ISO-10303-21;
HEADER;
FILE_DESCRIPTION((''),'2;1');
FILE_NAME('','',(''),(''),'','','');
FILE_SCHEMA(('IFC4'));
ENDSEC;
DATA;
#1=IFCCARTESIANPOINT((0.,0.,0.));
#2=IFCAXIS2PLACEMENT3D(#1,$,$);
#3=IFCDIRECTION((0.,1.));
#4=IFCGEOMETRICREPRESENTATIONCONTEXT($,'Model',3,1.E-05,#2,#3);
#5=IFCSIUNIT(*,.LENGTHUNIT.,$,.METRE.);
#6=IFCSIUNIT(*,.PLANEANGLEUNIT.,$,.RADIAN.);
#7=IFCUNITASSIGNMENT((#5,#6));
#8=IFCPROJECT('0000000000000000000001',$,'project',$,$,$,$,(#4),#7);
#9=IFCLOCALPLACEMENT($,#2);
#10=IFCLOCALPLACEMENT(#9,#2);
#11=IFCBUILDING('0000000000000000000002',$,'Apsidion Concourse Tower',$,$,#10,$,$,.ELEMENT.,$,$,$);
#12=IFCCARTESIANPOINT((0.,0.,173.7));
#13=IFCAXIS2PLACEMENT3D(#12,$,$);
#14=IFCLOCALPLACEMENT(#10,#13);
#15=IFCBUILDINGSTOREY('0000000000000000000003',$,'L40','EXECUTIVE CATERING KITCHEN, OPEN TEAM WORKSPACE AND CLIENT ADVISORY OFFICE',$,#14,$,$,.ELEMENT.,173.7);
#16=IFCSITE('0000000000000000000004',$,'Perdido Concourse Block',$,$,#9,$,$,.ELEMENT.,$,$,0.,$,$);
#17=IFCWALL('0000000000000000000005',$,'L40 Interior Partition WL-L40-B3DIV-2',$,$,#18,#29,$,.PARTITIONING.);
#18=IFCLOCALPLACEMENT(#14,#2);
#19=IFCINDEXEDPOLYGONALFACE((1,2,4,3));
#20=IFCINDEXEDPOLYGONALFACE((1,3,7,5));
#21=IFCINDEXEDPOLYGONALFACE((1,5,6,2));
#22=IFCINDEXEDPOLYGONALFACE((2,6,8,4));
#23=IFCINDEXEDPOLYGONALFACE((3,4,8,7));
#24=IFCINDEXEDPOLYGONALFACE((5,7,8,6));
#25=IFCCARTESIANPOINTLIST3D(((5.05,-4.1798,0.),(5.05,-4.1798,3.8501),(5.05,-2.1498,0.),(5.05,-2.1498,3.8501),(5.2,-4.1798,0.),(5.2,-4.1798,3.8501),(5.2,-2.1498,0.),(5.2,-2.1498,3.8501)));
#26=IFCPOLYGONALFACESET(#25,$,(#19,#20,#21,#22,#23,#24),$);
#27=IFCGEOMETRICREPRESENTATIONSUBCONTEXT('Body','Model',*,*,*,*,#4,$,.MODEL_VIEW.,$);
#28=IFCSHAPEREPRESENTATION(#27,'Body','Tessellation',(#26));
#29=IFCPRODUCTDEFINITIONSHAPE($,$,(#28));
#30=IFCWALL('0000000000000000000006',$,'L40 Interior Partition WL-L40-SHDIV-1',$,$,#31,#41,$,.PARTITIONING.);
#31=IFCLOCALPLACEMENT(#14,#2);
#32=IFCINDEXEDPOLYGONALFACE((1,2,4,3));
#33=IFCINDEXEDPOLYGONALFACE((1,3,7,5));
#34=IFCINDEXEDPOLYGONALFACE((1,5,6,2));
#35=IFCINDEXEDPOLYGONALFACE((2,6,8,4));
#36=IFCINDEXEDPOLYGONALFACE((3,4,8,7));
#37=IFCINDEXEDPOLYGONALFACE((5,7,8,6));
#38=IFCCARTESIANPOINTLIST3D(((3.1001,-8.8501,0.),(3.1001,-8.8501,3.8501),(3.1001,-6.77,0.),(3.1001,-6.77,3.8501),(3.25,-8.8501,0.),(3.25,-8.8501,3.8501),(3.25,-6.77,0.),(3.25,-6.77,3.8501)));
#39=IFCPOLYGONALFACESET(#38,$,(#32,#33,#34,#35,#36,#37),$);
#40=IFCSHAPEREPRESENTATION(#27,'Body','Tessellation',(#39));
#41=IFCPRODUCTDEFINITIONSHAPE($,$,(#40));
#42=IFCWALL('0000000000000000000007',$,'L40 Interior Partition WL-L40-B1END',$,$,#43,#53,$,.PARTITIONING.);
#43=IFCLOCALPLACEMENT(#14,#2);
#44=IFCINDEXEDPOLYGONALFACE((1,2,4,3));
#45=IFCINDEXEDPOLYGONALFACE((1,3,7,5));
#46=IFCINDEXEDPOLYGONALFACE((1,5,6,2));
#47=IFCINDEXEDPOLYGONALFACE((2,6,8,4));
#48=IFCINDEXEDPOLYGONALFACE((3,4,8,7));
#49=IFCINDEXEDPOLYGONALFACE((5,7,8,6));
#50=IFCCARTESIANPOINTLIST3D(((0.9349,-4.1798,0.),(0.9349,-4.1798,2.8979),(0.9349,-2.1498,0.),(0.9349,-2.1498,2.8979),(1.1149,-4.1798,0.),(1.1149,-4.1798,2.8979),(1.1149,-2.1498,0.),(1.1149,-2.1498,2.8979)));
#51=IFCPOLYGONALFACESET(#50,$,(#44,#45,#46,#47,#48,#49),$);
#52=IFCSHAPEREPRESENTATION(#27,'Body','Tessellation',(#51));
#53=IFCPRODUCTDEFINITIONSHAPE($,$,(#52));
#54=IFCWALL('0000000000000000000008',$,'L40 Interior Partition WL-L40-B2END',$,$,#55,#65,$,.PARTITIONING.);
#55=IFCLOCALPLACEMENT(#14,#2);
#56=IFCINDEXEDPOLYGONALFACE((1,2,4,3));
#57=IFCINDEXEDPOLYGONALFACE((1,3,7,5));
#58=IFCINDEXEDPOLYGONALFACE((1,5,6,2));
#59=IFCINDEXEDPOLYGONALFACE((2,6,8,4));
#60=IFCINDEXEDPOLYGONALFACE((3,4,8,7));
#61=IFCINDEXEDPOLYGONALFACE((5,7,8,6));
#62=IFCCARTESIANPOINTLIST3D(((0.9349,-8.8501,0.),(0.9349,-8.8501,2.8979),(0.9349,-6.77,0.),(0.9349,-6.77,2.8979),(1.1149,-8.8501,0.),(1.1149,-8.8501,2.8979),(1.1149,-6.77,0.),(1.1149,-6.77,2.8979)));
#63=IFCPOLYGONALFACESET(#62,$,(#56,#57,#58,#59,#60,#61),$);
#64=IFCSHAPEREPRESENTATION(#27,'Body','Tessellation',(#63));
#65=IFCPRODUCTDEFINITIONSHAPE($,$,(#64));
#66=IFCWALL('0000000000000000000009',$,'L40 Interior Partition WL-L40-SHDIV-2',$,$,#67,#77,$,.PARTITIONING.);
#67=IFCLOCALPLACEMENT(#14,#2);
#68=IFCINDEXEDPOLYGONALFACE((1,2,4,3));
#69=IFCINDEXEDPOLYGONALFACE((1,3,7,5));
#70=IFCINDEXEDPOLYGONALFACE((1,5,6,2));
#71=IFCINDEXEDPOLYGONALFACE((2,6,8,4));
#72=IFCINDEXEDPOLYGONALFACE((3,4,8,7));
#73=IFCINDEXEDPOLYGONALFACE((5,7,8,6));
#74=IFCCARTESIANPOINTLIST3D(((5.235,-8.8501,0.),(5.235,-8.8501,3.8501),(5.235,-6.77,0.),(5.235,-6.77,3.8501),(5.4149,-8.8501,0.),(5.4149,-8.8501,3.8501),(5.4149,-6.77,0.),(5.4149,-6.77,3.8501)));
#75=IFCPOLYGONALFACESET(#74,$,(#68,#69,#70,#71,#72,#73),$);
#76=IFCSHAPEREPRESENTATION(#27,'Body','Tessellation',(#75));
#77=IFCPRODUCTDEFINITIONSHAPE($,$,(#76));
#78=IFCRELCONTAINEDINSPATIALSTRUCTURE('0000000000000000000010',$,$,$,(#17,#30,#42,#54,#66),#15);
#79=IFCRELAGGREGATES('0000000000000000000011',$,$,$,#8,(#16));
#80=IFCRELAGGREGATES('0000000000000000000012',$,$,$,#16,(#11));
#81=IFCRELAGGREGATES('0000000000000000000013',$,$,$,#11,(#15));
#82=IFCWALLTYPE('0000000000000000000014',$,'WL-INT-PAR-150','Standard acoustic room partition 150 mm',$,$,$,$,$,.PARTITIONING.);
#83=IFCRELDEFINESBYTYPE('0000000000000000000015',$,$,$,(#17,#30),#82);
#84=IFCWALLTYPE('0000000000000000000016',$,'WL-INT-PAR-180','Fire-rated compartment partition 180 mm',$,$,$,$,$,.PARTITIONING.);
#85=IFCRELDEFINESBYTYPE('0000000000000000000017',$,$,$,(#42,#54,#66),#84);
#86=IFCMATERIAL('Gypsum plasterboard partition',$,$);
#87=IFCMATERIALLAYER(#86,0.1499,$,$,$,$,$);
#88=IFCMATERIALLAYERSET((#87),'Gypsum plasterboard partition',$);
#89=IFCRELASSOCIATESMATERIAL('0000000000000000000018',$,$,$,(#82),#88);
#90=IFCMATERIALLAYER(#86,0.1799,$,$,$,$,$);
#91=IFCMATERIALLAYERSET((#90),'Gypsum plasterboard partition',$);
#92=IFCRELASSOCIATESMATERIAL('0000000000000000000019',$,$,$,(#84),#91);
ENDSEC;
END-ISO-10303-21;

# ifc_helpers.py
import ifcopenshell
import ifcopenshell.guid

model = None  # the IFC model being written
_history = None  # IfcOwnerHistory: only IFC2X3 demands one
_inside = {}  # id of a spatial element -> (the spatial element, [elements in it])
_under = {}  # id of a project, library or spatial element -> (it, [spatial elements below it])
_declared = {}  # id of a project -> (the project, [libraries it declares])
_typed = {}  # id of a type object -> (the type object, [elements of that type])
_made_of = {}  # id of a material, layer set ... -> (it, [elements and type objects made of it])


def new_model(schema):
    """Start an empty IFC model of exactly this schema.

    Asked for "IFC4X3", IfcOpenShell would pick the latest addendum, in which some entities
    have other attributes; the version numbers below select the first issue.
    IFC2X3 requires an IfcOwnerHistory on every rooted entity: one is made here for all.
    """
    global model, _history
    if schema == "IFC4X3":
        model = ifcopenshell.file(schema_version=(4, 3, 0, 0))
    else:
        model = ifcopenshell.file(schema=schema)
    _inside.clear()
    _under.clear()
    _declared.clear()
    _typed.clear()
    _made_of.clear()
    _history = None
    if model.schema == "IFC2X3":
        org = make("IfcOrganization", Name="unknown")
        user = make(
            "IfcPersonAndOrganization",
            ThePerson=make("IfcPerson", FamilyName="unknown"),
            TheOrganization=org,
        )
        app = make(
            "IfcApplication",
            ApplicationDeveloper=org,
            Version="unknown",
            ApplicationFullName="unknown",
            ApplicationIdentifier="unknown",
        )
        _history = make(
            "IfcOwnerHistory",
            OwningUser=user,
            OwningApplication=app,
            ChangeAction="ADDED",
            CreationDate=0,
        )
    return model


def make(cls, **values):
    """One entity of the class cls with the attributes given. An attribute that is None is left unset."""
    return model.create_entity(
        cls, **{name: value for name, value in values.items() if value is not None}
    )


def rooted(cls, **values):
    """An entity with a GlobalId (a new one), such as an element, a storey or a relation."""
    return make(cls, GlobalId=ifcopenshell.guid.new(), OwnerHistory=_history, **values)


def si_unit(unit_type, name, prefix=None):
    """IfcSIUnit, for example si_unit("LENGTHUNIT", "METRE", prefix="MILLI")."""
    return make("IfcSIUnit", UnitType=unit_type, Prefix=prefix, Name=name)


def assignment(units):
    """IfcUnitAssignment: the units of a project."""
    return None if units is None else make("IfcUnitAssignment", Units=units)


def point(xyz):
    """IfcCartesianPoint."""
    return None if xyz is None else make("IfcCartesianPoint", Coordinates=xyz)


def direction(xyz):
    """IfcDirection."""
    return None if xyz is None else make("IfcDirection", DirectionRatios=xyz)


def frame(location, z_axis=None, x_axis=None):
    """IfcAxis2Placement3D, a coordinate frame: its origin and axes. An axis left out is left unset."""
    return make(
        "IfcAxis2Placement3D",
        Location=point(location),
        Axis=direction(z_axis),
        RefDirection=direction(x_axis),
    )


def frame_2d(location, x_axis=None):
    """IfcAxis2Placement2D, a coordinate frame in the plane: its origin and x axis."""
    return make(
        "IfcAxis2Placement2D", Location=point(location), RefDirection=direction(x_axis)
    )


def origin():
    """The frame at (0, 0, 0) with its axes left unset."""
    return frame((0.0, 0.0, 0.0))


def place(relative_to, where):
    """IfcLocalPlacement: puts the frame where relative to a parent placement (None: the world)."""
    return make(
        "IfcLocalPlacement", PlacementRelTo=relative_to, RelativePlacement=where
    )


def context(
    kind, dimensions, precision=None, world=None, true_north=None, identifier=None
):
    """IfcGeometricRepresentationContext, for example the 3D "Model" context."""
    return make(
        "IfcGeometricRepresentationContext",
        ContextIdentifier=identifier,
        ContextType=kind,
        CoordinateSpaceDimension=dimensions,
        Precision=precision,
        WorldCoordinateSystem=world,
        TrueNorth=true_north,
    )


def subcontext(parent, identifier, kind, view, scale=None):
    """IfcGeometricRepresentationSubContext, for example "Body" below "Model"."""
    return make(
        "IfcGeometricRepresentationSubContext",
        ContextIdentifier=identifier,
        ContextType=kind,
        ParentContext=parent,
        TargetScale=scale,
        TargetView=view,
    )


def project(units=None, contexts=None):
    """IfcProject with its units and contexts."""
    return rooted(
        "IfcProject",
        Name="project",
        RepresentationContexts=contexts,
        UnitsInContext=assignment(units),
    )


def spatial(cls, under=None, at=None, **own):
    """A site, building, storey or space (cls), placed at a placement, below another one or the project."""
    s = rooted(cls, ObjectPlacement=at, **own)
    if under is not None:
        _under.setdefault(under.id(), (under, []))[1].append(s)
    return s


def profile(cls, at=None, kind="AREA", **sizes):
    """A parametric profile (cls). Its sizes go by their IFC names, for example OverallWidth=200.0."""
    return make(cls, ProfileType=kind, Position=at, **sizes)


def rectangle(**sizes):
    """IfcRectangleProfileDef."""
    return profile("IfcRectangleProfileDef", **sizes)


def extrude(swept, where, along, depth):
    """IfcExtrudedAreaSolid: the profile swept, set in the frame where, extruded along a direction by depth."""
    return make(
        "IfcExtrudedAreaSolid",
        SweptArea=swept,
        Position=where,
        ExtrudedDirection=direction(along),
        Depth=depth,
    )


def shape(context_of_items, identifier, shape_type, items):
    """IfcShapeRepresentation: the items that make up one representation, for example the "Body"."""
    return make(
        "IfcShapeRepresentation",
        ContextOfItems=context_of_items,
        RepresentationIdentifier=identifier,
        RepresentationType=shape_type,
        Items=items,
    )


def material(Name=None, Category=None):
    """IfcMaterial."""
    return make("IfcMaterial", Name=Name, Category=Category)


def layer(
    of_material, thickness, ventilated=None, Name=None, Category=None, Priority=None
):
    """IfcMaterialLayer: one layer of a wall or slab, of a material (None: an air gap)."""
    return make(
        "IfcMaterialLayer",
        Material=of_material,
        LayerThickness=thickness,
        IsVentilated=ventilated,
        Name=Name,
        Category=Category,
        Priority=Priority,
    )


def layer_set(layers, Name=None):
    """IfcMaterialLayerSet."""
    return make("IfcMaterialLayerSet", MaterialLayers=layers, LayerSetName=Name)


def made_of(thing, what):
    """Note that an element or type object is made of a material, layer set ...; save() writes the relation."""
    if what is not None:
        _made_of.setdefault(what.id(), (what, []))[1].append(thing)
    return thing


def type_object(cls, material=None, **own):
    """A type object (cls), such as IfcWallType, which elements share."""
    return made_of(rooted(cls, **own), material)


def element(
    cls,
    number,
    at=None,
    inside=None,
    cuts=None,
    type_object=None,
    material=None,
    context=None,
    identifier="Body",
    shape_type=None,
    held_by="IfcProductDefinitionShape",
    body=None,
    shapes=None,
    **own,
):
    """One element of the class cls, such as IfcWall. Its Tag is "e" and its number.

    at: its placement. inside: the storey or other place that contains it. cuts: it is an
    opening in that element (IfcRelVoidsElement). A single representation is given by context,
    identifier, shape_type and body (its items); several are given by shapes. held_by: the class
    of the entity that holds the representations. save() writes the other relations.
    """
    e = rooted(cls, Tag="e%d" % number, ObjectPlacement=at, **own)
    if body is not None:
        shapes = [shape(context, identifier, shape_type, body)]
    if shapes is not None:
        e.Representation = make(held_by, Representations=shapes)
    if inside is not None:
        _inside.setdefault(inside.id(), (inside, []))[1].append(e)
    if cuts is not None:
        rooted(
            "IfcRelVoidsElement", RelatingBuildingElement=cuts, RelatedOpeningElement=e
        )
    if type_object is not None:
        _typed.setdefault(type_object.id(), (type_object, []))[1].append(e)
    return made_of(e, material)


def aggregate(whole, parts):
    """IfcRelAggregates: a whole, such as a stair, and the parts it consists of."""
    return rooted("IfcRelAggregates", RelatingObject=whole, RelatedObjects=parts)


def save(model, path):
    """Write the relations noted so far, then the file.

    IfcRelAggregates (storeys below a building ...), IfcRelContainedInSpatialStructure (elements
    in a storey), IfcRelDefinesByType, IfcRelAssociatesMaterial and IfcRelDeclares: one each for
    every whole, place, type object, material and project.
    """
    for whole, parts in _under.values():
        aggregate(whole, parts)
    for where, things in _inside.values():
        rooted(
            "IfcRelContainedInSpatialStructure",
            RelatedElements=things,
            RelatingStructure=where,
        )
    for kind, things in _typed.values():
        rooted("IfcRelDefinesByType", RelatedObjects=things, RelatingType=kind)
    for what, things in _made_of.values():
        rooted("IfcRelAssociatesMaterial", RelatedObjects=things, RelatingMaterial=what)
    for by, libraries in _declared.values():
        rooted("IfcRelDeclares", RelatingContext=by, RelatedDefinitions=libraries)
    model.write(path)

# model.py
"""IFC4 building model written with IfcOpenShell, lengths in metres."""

from ifc_helpers import new_model, si_unit, direction, frame, frame_2d, origin, place, context, subcontext, project, spatial, rectangle, extrude, material, layer, layer_set, type_object, element, save


model = new_model("IFC4")

# Units and contexts
model_context = context("Model", 3, precision=1e-05, world=origin(), true_north=direction((0.0, 1.0)))
body_context = subcontext(model_context, "Body", "Model", "MODEL_VIEW")
ifc_project = project(units=[si_unit("LENGTHUNIT", "METRE"), si_unit("PLANEANGLEUNIT", "RADIAN")], contexts=[model_context])

# Site, building, storey
site_placement = place(None, origin())
site = spatial("IfcSite", under=ifc_project, at=site_placement, Name="Perdido Concourse Block", CompositionType="ELEMENT", RefElevation=0.0)
building_placement = place(site_placement, origin())
building = spatial("IfcBuilding", under=site, at=building_placement, Name="Apsidion Concourse Tower", CompositionType="ELEMENT")
storey_placement = place(building_placement, frame((0.0, 0.0, 173.7)))
storey = spatial("IfcBuildingStorey", under=building, at=storey_placement, Name="L40", Description="EXECUTIVE CATERING KITCHEN, OPEN TEAM WORKSPACE AND CLIENT ADVISORY OFFICE", CompositionType="ELEMENT", Elevation=173.7)

# Walls
ifc_material_1 = material(Name="Gypsum plasterboard partition")
ifc_layer_1 = layer(ifc_material_1, 0.1499)
ifc_layer_set_1 = layer_set([ifc_layer_1], Name="Gypsum plasterboard partition")
wall_type_1 = type_object("IfcWallType", Name="WL-INT-PAR-150", Description="Standard acoustic room partition 150 mm", PredefinedType="PARTITIONING", material=ifc_layer_set_1)
for number, where, z_axis, x_axis, name in (
    (1, (5.125, -4.1799, 0.0), (0.0, 0.0, 1.0), (0.0, 1.0, 0.0), "L40 Interior Partition WL-L40-B3DIV-2"),
):
    element("IfcWall", number, at=place(storey_placement, frame(where, z_axis=z_axis, x_axis=x_axis)), inside=storey, type_object=wall_type_1, Name=name, PredefinedType="PARTITIONING", context=body_context, shape_type="SweptSolid", body=[
        extrude(rectangle(XDim=2.03, YDim=0.1499, at=frame_2d((1.0151, 0.0))), origin(), (0.0, 0.0, 1.0), 3.8501),
    ])
wall_1_placement = place(storey_placement, frame((3.175, -8.8501, 0.0), z_axis=(0.0, 0.0, 1.0), x_axis=(0.0, 1.0, 0.0)))
element("IfcWall", 2, at=wall_1_placement, inside=storey, type_object=wall_type_1, Name="L40 Interior Partition WL-L40-SHDIV-1", PredefinedType="PARTITIONING", context=body_context, shape_type="SweptSolid", body=[
    extrude(rectangle(XDim=2.0801, YDim=0.1499, at=frame_2d((1.04, 0.0))), origin(), (0.0, 0.0, 1.0), 3.8501),
])
ifc_layer_2 = layer(ifc_material_1, 0.1799)
ifc_layer_set_2 = layer_set([ifc_layer_2], Name="Gypsum plasterboard partition")
wall_type_2 = type_object("IfcWallType", Name="WL-INT-PAR-180", Description="Fire-rated compartment partition 180 mm", PredefinedType="PARTITIONING", material=ifc_layer_set_2)
wall_2_placement = place(storey_placement, frame((1.0249, -4.1799, 0.0), z_axis=(0.0, 0.0, 1.0), x_axis=(0.0, 1.0, 0.0)))
element("IfcWall", 3, at=wall_2_placement, inside=storey, type_object=wall_type_2, Name="L40 Interior Partition WL-L40-B1END", PredefinedType="PARTITIONING", context=body_context, shape_type="SweptSolid", body=[
    extrude(rectangle(XDim=2.03, YDim=0.1799, at=frame_2d((1.0151, 0.0))), origin(), (0.0, 0.0, 1.0), 2.8979),
])
wall_3_placement = place(storey_placement, frame((1.0249, -8.8501, 0.0), z_axis=(0.0, 0.0, 1.0), x_axis=(0.0, 1.0, 0.0)))
element("IfcWall", 4, at=wall_3_placement, inside=storey, type_object=wall_type_2, Name="L40 Interior Partition WL-L40-B2END", PredefinedType="PARTITIONING", context=body_context, shape_type="SweptSolid", body=[
    extrude(rectangle(XDim=2.0801, YDim=0.1799, at=frame_2d((1.04, 0.0))), origin(), (0.0, 0.0, 1.0), 2.8979),
])
wall_4_placement = place(storey_placement, frame((5.325, -8.8501, 0.0), z_axis=(0.0, 0.0, 1.0), x_axis=(0.0, 1.0, 0.0)))
element("IfcWall", 5, at=wall_4_placement, inside=storey, type_object=wall_type_2, Name="L40 Interior Partition WL-L40-SHDIV-2", PredefinedType="PARTITIONING", context=body_context, shape_type="SweptSolid", body=[
    extrude(rectangle(XDim=2.0801, YDim=0.1799, at=frame_2d((1.04, 0.0))), origin(), (0.0, 0.0, 1.0), 3.8501),
])

save(model, "model.ifc")
